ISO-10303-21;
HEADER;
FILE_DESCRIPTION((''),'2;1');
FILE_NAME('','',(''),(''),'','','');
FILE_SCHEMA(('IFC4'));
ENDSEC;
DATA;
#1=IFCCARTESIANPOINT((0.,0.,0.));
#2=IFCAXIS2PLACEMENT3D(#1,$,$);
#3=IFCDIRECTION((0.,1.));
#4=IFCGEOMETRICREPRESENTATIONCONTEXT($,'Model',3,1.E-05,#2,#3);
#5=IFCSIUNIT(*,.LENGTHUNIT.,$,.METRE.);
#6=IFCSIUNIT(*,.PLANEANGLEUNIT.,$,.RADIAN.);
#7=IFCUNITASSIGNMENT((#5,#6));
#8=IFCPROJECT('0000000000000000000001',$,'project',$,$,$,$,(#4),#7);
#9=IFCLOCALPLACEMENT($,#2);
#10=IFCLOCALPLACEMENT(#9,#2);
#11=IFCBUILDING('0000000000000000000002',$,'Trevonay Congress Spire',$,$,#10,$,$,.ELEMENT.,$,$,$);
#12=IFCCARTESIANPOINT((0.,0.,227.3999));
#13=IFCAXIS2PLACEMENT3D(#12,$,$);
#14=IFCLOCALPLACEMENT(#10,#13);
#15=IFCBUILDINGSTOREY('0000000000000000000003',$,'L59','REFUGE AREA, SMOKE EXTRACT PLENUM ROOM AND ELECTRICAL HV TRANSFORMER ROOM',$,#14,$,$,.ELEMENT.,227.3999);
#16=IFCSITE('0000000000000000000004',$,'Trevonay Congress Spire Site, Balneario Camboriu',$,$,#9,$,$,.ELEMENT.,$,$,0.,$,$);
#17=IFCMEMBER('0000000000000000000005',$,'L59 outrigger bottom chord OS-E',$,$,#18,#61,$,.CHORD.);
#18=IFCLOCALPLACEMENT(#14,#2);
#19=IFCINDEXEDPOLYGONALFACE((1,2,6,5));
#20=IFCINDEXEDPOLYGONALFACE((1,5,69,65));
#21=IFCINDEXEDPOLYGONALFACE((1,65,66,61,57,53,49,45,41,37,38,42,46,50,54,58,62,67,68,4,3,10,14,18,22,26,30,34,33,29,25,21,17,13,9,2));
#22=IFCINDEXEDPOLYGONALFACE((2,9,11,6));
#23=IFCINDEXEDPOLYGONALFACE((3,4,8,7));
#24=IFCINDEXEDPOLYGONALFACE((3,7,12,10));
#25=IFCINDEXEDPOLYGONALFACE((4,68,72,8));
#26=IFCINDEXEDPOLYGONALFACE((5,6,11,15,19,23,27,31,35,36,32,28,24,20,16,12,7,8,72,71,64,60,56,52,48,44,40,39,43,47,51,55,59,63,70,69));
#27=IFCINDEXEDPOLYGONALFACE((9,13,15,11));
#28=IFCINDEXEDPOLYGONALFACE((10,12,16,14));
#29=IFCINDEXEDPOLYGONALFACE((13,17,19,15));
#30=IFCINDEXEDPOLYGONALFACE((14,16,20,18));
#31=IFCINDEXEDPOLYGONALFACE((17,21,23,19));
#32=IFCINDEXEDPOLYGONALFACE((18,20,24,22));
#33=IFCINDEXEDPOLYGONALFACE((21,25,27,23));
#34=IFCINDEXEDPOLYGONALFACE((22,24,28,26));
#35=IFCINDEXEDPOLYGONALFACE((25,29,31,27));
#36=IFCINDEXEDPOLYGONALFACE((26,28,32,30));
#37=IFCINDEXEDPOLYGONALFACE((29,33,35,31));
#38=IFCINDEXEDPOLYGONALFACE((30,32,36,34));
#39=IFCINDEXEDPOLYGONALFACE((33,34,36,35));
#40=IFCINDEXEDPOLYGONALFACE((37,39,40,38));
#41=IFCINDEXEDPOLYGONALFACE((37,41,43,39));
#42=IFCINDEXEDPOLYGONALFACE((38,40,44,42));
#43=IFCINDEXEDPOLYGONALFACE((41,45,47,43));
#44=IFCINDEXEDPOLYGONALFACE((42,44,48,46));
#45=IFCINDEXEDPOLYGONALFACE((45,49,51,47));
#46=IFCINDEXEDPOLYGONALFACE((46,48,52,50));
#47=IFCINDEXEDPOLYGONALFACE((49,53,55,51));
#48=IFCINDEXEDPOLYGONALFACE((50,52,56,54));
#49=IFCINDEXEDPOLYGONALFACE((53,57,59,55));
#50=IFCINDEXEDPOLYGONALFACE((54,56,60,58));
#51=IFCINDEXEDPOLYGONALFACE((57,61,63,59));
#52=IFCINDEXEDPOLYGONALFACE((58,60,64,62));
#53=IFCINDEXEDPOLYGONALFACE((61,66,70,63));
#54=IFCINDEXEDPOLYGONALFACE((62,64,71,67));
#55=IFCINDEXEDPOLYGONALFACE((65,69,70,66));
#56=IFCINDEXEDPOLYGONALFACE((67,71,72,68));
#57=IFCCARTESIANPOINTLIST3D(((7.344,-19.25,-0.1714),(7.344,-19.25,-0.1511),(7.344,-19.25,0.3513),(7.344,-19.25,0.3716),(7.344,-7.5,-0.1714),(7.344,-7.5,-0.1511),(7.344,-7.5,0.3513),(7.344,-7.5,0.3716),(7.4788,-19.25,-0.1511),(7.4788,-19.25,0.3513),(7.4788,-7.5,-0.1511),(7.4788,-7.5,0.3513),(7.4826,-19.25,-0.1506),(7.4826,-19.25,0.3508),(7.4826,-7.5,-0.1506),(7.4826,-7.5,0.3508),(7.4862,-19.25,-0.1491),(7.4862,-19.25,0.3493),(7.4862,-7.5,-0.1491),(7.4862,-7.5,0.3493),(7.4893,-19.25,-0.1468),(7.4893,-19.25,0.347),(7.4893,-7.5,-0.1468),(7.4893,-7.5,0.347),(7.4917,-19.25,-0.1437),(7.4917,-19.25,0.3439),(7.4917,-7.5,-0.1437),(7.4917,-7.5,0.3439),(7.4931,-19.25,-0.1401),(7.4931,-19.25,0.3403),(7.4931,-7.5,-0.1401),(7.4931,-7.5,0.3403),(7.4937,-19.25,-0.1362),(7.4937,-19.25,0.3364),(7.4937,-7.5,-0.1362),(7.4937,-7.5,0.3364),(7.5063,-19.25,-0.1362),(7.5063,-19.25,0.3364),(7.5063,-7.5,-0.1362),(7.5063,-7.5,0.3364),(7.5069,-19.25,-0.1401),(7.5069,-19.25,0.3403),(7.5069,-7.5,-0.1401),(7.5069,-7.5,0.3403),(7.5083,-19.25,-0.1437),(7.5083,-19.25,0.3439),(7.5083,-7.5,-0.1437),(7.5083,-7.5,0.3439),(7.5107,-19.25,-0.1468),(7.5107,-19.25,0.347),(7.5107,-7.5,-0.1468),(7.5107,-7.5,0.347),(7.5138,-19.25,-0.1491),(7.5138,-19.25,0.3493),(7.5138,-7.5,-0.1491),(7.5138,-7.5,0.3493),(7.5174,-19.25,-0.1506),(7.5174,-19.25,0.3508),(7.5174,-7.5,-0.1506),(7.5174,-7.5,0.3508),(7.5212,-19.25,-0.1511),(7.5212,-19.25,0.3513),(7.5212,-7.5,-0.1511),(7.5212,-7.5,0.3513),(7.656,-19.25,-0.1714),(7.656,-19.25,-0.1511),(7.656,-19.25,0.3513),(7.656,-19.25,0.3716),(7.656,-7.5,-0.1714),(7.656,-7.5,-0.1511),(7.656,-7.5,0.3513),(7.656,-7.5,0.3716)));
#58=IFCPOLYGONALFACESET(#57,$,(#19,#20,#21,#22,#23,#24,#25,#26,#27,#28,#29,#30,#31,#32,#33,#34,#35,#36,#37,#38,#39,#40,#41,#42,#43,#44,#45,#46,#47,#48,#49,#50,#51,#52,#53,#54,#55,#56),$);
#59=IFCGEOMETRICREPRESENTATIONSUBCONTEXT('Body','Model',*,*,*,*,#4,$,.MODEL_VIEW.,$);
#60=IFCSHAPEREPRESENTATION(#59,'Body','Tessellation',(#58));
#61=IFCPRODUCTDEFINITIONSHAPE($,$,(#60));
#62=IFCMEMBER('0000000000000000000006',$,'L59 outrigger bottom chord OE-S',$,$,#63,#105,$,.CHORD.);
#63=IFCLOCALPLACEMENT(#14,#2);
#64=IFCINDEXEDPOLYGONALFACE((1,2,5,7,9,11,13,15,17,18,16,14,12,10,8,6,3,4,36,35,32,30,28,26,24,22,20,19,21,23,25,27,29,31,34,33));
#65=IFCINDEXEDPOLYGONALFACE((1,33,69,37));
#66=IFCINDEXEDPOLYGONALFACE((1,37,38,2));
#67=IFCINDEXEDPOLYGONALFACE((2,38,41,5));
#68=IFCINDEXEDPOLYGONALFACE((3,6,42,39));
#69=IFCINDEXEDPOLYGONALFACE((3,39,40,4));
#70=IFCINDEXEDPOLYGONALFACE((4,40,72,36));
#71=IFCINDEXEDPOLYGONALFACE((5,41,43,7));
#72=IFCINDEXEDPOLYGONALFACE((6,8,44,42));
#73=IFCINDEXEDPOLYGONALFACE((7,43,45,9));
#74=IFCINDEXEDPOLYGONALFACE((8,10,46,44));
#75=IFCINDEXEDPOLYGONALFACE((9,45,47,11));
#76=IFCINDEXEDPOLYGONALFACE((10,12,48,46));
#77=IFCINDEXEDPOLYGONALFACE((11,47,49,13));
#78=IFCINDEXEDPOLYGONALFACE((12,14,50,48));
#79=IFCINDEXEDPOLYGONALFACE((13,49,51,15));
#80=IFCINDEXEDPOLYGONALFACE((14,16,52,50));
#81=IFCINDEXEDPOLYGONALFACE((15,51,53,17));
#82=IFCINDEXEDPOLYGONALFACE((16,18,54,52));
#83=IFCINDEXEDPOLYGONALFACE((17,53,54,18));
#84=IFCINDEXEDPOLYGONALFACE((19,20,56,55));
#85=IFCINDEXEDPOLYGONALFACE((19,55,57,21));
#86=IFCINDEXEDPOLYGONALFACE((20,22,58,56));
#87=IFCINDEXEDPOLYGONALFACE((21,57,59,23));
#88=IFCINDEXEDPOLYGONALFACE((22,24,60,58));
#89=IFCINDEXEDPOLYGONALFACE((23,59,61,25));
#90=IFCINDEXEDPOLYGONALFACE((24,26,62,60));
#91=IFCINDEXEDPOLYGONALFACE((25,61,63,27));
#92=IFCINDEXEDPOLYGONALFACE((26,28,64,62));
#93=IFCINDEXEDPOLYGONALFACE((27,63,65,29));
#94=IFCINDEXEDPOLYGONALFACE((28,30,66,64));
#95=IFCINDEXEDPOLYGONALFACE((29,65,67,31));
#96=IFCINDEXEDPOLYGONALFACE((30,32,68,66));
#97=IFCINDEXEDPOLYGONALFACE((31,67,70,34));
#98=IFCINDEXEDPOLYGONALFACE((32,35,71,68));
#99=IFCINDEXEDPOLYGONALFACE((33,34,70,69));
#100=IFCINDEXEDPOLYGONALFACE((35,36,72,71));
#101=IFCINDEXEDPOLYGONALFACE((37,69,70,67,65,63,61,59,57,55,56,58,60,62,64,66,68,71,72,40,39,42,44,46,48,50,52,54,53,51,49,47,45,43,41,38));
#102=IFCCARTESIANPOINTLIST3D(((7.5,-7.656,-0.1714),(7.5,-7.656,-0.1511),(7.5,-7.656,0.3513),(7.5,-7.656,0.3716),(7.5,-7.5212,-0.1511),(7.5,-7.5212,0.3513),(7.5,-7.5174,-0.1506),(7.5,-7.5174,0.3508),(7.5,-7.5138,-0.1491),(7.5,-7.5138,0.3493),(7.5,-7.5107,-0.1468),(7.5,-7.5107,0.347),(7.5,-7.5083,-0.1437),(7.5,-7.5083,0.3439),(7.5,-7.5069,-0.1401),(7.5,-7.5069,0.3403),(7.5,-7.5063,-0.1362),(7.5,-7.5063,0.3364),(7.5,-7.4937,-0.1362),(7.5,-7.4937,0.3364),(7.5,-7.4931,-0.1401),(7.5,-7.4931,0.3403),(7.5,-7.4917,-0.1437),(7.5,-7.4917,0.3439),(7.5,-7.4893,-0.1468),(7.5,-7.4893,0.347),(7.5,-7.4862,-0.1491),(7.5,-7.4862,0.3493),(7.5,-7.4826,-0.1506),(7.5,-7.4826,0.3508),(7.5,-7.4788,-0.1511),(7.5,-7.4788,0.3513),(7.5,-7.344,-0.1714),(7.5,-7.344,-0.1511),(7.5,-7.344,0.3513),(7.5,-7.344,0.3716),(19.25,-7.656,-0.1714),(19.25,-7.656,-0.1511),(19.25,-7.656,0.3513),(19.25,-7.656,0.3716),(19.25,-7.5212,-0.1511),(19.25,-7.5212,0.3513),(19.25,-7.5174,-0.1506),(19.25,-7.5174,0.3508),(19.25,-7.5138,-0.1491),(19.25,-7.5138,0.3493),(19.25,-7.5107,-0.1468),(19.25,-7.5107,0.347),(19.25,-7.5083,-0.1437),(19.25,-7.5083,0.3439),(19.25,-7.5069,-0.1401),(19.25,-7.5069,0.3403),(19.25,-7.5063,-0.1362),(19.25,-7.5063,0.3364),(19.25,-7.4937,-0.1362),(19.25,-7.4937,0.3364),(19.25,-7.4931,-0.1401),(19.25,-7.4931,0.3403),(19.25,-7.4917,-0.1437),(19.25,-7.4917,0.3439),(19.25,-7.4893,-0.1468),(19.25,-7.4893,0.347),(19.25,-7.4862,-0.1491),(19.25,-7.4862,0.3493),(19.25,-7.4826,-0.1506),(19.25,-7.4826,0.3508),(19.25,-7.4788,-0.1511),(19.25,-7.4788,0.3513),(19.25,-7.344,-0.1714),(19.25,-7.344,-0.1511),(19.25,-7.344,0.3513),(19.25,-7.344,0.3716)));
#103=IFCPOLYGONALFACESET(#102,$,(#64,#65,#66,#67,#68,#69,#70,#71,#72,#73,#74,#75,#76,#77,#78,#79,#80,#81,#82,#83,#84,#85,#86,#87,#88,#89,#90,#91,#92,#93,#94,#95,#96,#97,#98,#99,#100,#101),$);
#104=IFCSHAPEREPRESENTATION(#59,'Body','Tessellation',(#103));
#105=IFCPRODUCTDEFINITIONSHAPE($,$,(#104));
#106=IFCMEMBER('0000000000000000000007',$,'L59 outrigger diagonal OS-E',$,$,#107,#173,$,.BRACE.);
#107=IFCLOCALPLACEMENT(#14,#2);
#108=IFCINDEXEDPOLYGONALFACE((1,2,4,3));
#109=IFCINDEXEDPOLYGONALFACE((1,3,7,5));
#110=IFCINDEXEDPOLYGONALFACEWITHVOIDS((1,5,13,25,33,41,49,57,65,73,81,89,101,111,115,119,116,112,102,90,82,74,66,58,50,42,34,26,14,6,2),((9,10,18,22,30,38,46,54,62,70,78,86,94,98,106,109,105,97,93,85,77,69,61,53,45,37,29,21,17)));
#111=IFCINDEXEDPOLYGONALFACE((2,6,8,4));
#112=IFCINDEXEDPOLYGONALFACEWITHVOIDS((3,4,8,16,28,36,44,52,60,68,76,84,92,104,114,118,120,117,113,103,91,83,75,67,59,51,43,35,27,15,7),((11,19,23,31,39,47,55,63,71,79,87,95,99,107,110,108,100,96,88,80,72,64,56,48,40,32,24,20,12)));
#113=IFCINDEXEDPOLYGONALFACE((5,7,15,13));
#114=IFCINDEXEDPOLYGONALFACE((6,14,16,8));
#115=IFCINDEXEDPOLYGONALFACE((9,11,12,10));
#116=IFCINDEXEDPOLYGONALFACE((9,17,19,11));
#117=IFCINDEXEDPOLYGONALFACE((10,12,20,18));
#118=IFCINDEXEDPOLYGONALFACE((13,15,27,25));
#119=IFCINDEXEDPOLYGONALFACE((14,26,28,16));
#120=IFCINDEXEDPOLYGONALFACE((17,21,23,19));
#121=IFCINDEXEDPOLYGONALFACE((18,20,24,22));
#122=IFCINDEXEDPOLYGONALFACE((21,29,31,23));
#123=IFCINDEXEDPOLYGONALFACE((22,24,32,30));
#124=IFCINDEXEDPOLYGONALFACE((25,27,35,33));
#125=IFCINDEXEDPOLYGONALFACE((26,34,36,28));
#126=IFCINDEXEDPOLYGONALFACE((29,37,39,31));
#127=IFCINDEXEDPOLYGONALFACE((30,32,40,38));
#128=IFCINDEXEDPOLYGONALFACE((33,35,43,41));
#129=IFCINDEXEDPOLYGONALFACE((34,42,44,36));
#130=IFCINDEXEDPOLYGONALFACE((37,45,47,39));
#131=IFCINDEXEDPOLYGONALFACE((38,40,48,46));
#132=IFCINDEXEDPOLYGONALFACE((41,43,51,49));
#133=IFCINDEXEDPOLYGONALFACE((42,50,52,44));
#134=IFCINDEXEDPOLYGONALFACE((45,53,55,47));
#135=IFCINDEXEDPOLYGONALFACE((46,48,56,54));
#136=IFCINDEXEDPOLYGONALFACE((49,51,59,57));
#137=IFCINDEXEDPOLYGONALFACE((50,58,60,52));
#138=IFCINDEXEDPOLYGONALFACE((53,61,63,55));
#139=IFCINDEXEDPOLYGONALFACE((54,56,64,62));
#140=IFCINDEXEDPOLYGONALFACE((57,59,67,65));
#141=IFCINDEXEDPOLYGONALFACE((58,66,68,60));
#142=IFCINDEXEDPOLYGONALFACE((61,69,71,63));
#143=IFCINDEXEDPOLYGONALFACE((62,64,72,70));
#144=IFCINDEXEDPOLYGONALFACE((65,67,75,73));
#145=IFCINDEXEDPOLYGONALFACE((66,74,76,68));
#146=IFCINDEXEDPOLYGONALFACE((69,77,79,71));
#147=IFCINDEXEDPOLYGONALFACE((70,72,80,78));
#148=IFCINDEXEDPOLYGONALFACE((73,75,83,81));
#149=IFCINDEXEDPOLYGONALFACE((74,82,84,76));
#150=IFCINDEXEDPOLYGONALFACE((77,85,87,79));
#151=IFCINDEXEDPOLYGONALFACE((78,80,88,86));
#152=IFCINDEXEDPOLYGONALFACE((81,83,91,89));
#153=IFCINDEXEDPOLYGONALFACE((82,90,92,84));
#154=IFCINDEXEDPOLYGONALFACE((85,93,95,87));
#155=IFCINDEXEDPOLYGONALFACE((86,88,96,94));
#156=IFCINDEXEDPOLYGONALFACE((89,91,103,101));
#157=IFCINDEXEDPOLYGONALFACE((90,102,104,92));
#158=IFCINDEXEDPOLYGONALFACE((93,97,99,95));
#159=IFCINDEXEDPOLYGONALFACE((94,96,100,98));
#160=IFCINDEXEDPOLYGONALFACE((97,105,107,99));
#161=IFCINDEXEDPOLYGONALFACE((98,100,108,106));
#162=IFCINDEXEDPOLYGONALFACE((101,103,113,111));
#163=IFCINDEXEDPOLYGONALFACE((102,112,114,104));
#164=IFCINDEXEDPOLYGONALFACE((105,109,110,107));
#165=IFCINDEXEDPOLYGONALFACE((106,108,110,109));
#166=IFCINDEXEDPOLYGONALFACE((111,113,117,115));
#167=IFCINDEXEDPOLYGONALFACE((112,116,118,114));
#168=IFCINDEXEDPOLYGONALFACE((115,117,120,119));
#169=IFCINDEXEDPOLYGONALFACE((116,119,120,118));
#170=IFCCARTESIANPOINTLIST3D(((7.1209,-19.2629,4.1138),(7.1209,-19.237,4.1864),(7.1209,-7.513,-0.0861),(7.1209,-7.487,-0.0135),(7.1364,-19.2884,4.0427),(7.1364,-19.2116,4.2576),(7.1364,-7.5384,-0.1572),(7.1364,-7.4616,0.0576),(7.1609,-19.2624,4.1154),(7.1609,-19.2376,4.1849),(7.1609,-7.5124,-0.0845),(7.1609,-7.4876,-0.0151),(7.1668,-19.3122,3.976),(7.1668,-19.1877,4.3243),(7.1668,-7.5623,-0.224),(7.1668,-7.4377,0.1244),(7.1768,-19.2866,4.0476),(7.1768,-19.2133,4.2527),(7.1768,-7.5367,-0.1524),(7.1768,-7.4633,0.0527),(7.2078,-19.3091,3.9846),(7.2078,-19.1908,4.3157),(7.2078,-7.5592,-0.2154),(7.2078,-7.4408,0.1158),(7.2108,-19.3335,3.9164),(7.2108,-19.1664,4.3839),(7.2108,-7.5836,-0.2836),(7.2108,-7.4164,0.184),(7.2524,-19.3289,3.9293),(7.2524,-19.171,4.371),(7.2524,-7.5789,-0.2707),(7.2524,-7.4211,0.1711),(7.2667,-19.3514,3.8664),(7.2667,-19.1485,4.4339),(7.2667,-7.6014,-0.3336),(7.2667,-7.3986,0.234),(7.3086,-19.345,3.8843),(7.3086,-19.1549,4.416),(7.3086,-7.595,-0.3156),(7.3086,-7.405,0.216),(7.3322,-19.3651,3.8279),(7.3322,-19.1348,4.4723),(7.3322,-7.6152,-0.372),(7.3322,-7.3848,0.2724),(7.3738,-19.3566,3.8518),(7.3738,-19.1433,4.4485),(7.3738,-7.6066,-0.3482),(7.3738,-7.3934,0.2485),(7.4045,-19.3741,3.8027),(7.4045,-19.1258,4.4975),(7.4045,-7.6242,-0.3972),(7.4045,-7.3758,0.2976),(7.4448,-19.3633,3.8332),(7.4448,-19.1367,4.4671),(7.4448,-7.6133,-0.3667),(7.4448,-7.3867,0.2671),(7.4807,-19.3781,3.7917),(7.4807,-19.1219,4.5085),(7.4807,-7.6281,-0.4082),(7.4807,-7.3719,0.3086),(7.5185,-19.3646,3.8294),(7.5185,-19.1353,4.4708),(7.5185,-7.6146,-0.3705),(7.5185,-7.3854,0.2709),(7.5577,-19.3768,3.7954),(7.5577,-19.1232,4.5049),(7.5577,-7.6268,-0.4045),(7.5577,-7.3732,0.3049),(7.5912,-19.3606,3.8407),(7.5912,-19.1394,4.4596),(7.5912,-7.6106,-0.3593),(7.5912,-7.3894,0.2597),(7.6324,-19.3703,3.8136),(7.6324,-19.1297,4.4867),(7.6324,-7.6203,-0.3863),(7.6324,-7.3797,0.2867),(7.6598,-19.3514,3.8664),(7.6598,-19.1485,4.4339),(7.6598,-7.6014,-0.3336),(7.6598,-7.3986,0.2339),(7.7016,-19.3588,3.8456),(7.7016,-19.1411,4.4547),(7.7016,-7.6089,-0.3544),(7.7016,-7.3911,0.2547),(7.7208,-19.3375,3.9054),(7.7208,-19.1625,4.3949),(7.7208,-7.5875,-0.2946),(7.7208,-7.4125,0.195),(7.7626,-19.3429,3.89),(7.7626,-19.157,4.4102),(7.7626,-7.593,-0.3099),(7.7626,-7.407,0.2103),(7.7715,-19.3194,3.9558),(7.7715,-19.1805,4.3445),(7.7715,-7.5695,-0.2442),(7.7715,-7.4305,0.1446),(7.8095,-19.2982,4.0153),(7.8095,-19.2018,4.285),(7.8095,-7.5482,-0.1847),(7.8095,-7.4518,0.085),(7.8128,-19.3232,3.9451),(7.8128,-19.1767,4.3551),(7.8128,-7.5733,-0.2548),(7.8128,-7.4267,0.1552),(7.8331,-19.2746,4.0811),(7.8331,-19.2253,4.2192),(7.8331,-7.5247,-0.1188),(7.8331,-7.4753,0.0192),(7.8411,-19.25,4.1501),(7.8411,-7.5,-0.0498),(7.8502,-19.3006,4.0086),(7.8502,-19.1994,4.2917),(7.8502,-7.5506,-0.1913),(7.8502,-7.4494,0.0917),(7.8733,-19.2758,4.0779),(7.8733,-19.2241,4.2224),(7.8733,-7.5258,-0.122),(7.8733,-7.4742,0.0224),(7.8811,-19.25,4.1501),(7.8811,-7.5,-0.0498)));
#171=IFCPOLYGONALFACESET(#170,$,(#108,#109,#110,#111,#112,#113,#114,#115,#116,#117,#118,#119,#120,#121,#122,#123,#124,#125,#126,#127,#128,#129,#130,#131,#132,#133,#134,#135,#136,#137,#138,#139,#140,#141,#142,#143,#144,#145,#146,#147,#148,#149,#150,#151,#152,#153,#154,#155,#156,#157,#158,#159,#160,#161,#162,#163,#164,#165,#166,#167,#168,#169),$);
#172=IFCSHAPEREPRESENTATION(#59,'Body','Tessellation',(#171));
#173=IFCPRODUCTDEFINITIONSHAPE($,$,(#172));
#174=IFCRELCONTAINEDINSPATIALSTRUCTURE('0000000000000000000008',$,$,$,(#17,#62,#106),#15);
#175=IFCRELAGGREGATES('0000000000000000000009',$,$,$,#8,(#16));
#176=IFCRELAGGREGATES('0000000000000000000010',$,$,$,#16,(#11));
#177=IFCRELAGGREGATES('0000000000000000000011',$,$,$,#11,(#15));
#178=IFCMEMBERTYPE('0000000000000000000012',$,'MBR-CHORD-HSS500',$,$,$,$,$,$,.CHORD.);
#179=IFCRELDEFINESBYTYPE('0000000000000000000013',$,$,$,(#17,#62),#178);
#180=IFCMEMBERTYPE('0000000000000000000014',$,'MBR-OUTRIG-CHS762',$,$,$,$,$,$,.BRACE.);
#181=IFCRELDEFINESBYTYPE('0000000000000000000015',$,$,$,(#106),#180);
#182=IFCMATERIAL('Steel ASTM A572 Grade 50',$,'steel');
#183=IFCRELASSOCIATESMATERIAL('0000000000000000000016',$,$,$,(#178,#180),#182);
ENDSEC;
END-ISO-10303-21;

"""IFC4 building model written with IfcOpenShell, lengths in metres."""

from ifc_helpers import new_model, si_unit, direction, frame, origin, origin_2d, place, context, subcontext, project, spatial, hollow_circle, i_section, extrude, material, material_profile, profile_set, type_object, element, save


model = new_model("IFC4")

# Units and contexts
model_context = context("Model", 3, precision=1e-05, world=origin(), true_north=direction((0.0, 1.0)))
body_context = subcontext(model_context, "Body", "Model", "MODEL_VIEW")
ifc_project = project(units=[si_unit("LENGTHUNIT", "METRE"), si_unit("PLANEANGLEUNIT", "RADIAN")], contexts=[model_context])

# Site, building, storey
site_placement = place(None, origin())
site = spatial("IfcSite", under=ifc_project, at=site_placement, Name="Trevonay Congress Spire Site, Balneario Camboriu", CompositionType="ELEMENT", RefElevation=0.0)
building_placement = place(site_placement, origin())
building = spatial("IfcBuilding", under=site, at=building_placement, Name="Trevonay Congress Spire", CompositionType="ELEMENT")
storey_placement = place(building_placement, frame((0.0, 0.0, 227.3999)))
storey = spatial("IfcBuildingStorey", under=building, at=storey_placement, Name="L59", Description="REFUGE AREA, SMOKE EXTRACT PLENUM ROOM AND ELECTRICAL HV TRANSFORMER ROOM", CompositionType="ELEMENT", Elevation=227.3999)

# Shared definitions
ifc_material_1 = material(Name="Steel ASTM A572 Grade 50", Category="steel")

# Members
ifc_material_profile_1 = material_profile(ifc_material_1, i_section(OverallWidth=0.312, OverallDepth=0.543, WebThickness=0.0127, FlangeThickness=0.0203, FilletRadius=0.0149, at=origin_2d()), Name="W530x150")
ifc_profile_set_1 = profile_set([ifc_material_profile_1], Name="Steel ASTM A572 Grade 50")
member_type_1 = type_object("IfcMemberType", Name="MBR-CHORD-HSS500", PredefinedType="CHORD", material=ifc_profile_set_1)
for number, where, z_axis, x_axis, name in (
    (1, (7.5, -7.5, 0.1001), (0.0, -1.0, 0.0), (1.0, 0.0, 0.0), "L59 outrigger bottom chord OS-E"),
    (2, (7.5, -7.5, 0.1001), (1.0, 0.0, 0.0), (0.0, 1.0, 0.0), "L59 outrigger bottom chord OE-S"),
):
    element("IfcMember", number, at=place(storey_placement, frame(where, z_axis=z_axis, x_axis=x_axis)), inside=storey, type_object=member_type_1, Name=name, PredefinedType="CHORD", context=body_context, shape_type="SweptSolid", body=[
        extrude(i_section(OverallWidth=0.312, OverallDepth=0.543, WebThickness=0.0127, FlangeThickness=0.0203, FilletRadius=0.0149, at=origin_2d()), origin(), (0.0, 0.0, 1.0), 11.75),
    ])
ifc_material_profile_2 = material_profile(ifc_material_1, hollow_circle(Radius=0.3811, WallThickness=0.04, at=origin_2d()), Name="CHS 762x40")
ifc_profile_set_2 = profile_set([ifc_material_profile_2], Name="Steel ASTM A572 Grade 50")
member_type_2 = type_object("IfcMemberType", Name="MBR-OUTRIG-CHS762", PredefinedType="BRACE", material=ifc_profile_set_2)
member_1_placement = place(storey_placement, frame((7.5, -7.5, -0.0498), z_axis=(0.0, -0.941652, 0.336587), x_axis=(1.0, 0.0, 0.0)))
element("IfcMember", 3, at=member_1_placement, inside=storey, type_object=member_type_2, Name="L59 outrigger diagonal OS-E", PredefinedType="BRACE", context=body_context, shape_type="SweptSolid", body=[
    extrude(hollow_circle(Radius=0.3811, WallThickness=0.04, at=origin_2d()), origin(), (0.0, 0.0, 1.0), 12.478),
])

save(model, "model.ifc")
